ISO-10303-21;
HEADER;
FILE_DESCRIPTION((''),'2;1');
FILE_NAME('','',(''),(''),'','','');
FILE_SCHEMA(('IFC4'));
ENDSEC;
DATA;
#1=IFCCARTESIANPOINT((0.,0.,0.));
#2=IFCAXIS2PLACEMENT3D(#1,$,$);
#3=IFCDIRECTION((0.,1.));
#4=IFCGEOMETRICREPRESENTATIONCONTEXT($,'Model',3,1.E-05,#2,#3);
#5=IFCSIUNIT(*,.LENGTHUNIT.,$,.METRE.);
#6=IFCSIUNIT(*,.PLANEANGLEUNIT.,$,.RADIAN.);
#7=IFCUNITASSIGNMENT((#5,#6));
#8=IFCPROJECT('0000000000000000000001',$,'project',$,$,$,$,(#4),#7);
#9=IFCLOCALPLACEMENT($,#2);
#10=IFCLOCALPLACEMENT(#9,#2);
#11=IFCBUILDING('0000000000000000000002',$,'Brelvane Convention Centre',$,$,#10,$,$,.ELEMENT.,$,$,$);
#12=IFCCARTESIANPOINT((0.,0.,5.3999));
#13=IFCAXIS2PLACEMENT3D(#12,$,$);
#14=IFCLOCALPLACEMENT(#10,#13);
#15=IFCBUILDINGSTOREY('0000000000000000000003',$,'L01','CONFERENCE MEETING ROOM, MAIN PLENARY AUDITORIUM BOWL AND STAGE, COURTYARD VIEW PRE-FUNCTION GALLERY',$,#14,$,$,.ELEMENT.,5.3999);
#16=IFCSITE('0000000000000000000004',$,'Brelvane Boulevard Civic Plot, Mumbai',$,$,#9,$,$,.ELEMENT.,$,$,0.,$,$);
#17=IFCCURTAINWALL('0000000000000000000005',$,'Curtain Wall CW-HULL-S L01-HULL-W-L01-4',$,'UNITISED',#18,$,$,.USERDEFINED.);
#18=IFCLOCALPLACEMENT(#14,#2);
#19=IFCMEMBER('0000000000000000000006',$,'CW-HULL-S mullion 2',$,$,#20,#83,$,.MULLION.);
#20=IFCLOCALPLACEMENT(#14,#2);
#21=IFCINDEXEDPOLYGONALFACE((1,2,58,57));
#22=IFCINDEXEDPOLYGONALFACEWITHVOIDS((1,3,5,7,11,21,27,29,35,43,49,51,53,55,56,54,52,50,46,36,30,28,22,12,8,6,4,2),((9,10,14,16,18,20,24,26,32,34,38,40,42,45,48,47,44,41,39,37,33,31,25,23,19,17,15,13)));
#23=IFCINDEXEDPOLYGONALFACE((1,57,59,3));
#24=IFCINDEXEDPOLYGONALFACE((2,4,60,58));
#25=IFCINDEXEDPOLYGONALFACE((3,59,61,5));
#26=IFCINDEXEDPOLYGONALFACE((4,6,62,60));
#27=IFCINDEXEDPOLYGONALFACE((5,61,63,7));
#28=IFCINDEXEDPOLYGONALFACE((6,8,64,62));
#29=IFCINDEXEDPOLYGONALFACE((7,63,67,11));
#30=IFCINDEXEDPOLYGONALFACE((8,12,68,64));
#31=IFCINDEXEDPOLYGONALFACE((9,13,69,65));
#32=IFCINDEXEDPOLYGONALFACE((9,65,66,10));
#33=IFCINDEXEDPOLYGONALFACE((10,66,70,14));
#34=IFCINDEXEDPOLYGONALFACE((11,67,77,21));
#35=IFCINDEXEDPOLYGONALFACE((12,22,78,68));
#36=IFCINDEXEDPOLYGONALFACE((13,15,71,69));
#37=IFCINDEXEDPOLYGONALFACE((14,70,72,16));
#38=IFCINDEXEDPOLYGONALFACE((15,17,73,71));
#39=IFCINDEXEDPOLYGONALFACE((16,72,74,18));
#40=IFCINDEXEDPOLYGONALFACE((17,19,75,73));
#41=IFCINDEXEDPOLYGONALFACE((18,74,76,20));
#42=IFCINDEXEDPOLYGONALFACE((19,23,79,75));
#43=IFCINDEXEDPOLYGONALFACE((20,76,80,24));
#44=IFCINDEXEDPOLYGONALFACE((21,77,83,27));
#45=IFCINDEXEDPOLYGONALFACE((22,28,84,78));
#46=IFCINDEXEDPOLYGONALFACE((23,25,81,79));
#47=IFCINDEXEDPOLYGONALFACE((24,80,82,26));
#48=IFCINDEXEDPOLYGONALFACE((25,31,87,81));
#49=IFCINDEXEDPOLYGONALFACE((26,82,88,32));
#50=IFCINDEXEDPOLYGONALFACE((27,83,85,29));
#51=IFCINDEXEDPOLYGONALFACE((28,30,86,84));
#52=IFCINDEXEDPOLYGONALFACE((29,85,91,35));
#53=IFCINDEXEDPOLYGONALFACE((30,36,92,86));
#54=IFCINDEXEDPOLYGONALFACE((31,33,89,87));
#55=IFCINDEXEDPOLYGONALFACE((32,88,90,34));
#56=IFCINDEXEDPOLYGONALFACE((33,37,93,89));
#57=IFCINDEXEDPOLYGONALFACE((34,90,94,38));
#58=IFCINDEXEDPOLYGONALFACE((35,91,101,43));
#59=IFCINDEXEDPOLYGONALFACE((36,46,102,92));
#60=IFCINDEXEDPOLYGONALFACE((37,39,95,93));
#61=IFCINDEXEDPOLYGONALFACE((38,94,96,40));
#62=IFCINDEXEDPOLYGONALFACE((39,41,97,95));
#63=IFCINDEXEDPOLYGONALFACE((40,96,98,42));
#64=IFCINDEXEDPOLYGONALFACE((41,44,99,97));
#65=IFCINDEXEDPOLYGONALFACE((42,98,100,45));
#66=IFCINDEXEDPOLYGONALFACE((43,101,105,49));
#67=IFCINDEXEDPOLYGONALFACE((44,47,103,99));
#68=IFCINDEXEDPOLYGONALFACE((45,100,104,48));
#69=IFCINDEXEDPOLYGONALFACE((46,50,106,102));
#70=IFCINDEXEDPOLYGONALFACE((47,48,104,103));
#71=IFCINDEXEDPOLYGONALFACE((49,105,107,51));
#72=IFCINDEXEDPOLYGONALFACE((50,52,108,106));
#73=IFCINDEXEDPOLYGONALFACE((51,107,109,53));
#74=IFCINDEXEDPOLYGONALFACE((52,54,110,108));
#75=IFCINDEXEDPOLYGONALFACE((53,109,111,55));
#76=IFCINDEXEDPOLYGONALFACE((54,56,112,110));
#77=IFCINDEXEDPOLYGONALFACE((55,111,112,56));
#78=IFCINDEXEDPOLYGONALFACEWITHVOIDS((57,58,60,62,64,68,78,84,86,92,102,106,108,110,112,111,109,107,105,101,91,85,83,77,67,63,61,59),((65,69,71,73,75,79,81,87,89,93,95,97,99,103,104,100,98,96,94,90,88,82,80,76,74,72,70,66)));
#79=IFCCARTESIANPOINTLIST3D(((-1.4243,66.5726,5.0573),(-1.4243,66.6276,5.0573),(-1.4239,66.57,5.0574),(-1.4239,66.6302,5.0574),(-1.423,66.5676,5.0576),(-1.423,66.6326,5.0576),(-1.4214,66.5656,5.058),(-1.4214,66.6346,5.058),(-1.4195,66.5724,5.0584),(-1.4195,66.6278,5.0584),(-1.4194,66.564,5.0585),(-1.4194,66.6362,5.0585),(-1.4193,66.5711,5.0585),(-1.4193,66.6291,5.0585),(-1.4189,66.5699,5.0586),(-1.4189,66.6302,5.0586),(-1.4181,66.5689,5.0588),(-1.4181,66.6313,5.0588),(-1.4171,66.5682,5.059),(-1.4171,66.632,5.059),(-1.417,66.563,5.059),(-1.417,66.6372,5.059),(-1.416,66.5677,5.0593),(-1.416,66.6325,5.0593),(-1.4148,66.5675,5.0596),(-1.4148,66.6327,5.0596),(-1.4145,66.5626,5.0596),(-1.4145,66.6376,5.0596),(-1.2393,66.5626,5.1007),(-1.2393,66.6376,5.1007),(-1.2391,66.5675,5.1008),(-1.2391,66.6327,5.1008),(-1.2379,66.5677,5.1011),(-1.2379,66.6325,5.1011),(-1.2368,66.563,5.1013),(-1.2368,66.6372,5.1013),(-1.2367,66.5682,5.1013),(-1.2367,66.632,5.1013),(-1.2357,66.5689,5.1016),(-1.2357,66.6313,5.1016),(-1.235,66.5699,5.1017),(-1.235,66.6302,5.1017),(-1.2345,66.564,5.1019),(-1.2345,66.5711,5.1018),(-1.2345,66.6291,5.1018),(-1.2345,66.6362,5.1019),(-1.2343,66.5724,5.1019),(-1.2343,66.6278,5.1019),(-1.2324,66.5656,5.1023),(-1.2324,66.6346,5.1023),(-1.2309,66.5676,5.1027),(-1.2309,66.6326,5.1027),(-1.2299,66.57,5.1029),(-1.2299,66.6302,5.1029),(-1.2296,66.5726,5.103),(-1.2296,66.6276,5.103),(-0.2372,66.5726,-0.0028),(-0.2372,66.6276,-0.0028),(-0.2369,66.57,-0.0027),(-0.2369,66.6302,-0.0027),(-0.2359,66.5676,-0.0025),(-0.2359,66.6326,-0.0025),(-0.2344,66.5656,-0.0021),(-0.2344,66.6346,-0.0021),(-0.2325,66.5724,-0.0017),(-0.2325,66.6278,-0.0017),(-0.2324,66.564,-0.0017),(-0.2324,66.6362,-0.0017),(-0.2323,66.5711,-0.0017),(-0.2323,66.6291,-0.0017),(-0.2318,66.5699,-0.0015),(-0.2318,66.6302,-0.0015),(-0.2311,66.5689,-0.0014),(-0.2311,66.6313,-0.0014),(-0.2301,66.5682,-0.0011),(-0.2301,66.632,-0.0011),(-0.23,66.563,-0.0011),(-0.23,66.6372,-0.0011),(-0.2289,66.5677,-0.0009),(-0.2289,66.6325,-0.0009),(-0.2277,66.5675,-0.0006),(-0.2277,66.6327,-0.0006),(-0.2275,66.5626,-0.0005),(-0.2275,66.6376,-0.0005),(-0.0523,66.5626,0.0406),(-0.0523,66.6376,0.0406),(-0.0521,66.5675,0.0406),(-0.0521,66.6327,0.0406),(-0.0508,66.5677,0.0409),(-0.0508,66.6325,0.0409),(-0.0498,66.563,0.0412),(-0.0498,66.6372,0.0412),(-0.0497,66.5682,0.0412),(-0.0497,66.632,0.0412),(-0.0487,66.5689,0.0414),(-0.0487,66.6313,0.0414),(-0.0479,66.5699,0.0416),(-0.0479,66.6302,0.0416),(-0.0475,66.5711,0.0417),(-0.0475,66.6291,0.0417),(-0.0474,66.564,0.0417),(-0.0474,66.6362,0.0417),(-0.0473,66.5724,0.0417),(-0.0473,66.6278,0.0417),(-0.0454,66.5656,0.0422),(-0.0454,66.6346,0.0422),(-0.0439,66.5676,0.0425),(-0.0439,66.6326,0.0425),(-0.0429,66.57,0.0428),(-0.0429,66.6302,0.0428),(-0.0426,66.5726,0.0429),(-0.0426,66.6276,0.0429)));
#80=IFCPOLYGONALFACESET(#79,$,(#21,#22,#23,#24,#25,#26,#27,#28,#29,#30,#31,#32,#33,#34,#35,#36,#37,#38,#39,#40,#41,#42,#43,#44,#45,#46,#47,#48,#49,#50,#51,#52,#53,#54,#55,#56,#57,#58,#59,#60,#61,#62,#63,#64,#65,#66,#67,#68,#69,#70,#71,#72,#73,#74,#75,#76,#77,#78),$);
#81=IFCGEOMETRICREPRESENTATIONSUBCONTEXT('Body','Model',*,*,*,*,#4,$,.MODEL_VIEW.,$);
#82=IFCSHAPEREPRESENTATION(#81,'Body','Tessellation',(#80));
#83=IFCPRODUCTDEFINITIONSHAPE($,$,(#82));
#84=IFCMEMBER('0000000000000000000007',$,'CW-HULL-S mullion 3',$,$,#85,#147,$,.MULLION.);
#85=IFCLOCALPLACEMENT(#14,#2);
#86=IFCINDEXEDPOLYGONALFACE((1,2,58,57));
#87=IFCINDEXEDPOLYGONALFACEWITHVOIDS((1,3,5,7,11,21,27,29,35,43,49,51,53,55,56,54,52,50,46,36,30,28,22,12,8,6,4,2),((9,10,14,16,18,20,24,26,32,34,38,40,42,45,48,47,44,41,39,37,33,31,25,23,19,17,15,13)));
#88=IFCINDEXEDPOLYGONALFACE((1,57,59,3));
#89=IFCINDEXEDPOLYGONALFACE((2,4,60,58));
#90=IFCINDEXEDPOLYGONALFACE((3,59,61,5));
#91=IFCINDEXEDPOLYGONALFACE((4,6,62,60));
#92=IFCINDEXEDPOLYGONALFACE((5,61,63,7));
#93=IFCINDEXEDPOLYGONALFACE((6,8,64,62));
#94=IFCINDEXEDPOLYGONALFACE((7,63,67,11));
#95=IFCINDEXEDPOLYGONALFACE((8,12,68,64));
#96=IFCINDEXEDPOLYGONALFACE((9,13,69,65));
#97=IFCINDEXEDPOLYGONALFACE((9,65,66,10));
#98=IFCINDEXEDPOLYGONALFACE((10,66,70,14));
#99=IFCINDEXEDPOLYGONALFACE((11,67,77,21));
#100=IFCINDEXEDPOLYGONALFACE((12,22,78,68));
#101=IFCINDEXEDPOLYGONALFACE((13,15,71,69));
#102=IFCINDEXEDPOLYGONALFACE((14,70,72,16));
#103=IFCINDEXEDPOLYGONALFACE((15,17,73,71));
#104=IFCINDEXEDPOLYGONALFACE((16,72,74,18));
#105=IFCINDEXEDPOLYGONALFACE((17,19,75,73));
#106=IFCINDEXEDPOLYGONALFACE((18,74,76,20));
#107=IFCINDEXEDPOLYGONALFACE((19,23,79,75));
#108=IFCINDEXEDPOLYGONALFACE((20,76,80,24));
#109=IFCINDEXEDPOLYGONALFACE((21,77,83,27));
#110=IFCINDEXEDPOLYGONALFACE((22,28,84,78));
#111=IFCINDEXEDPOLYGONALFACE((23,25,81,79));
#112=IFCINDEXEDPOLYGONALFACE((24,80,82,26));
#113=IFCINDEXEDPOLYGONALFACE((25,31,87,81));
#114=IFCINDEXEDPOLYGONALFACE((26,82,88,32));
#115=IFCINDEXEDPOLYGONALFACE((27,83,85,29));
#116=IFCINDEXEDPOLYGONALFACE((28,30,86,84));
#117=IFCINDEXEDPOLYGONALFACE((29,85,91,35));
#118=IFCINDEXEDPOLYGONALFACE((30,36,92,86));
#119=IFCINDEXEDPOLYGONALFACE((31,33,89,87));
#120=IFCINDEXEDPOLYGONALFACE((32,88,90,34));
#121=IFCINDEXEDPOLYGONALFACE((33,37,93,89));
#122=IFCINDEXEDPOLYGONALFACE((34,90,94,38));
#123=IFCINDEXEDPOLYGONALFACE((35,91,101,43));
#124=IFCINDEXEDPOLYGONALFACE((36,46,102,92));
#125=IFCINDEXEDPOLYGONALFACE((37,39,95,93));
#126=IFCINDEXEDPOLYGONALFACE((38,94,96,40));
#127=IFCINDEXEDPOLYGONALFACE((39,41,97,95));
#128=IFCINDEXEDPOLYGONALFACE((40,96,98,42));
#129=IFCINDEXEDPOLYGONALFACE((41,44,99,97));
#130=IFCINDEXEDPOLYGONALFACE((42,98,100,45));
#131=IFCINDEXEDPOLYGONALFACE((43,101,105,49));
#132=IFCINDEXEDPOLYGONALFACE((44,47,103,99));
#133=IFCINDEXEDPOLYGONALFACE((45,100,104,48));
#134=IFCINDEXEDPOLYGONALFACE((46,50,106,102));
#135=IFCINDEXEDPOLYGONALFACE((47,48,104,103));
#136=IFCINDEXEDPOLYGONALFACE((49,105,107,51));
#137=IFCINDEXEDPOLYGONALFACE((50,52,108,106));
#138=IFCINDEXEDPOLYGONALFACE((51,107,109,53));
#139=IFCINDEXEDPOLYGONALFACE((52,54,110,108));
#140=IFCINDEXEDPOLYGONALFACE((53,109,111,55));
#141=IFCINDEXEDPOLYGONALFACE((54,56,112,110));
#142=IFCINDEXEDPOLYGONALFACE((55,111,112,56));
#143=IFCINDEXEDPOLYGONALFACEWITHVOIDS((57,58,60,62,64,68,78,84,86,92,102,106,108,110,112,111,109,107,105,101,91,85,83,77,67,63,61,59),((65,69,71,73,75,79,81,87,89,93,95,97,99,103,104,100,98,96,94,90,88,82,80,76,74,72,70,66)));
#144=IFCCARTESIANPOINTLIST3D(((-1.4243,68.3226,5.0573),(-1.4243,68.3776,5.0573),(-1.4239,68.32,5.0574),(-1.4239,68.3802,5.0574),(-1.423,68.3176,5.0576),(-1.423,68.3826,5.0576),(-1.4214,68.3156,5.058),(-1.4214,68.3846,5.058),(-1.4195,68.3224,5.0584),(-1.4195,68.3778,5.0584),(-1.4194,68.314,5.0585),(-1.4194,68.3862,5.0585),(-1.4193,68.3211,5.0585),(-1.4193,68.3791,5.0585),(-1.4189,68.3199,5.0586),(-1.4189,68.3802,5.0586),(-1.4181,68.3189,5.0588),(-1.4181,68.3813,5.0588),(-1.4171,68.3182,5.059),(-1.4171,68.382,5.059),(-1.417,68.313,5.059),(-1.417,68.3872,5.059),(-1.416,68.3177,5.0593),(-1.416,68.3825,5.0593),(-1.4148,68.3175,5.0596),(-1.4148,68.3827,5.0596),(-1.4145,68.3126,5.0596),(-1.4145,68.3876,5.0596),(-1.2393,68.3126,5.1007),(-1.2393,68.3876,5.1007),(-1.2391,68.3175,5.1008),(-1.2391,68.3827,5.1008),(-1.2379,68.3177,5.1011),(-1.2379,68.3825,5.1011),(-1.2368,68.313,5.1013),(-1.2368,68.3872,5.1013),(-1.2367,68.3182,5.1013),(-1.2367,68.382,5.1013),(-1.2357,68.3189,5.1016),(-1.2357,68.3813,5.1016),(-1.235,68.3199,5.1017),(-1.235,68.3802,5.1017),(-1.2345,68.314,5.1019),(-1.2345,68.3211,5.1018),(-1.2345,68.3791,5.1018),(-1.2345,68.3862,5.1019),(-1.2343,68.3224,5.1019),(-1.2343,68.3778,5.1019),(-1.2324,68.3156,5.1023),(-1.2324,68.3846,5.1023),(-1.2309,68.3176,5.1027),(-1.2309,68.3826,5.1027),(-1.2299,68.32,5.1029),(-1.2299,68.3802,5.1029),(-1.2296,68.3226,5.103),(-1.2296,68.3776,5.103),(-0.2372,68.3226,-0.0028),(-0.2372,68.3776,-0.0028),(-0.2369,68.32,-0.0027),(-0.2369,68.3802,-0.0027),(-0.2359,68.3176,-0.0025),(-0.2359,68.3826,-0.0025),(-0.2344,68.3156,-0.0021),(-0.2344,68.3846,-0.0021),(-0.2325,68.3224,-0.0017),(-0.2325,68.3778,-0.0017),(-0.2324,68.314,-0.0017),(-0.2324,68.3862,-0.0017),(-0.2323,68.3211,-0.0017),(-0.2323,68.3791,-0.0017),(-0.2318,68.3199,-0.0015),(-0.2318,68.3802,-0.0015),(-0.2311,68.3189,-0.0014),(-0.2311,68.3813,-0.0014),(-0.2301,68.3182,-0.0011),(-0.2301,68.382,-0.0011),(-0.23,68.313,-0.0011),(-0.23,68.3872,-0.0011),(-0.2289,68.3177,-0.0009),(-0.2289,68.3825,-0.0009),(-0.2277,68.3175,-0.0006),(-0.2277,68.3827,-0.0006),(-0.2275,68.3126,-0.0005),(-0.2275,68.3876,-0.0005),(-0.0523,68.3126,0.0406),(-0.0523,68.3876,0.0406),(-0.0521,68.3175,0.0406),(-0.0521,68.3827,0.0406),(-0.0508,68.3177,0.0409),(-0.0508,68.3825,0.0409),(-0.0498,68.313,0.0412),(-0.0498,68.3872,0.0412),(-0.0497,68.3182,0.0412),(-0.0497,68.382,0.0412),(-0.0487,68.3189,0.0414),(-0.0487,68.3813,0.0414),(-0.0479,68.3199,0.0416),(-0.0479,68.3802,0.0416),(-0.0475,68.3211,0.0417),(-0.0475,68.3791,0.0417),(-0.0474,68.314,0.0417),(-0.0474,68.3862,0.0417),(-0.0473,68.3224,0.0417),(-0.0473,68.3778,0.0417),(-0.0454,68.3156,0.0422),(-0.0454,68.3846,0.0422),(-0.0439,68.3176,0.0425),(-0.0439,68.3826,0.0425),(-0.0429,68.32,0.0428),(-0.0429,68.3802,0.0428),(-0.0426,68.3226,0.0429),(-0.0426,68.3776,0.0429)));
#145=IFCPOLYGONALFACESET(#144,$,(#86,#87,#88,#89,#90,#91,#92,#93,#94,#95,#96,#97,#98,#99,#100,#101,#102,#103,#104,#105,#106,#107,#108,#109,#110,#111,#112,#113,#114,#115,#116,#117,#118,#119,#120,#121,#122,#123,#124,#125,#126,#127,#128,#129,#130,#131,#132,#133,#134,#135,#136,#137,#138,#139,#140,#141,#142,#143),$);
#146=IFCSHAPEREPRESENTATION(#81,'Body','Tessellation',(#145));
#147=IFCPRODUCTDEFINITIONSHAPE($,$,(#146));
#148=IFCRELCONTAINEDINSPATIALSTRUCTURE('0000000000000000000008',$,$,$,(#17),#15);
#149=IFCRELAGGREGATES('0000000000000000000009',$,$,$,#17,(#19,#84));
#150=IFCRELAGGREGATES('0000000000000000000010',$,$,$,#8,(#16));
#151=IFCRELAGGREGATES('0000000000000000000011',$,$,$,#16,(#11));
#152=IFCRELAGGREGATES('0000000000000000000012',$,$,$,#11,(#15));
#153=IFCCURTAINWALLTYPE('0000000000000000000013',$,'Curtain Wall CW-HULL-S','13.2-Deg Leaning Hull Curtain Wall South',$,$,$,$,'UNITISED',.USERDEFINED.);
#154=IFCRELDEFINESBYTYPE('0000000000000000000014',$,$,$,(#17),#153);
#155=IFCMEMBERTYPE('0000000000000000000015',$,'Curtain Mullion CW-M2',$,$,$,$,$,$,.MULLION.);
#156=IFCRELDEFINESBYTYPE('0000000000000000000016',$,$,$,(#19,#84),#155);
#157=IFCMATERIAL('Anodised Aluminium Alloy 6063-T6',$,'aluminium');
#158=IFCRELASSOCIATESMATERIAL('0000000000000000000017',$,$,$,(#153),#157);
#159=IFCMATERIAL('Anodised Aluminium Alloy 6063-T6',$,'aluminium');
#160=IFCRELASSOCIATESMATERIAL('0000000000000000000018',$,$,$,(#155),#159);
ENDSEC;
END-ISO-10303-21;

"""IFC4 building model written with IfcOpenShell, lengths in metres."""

from ifc_helpers import new_model, si_unit, direction, frame, origin, origin_2d, place, context, subcontext, project, spatial, hollow_rectangle, extrude, material, material_profile, profile_set, type_object, element, aggregate, save


model = new_model("IFC4")

# Units and contexts
model_context = context("Model", 3, precision=1e-05, world=origin(), true_north=direction((0.0, 1.0)))
body_context = subcontext(model_context, "Body", "Model", "MODEL_VIEW")
ifc_project = project(units=[si_unit("LENGTHUNIT", "METRE"), si_unit("PLANEANGLEUNIT", "RADIAN")], contexts=[model_context])

# Site, building, storey
site_placement = place(None, origin())
site = spatial("IfcSite", under=ifc_project, at=site_placement, Name="Brelvane Boulevard Civic Plot, Mumbai", CompositionType="ELEMENT", RefElevation=0.0)
building_placement = place(site_placement, origin())
building = spatial("IfcBuilding", under=site, at=building_placement, Name="Brelvane Convention Centre", CompositionType="ELEMENT")
storey_placement = place(building_placement, frame((0.0, 0.0, 5.3999)))
storey = spatial("IfcBuildingStorey", under=building, at=storey_placement, Name="L01", Description="CONFERENCE MEETING ROOM, MAIN PLENARY AUDITORIUM BOWL AND STAGE, COURTYARD VIEW PRE-FUNCTION GALLERY", CompositionType="ELEMENT", Elevation=5.3999)

# Curtain wall, members
ifc_material_1 = material(Name="Anodised Aluminium Alloy 6063-T6", Category="aluminium")
curtain_wall_type = type_object("IfcCurtainWallType", Name="Curtain Wall CW-HULL-S", Description="13.2-Deg Leaning Hull Curtain Wall South", ElementType="UNITISED", PredefinedType="USERDEFINED", material=ifc_material_1)
curtain_wall_placement = place(storey_placement, origin())
curtain_wall = element("IfcCurtainWall", 1, at=curtain_wall_placement, inside=storey, type_object=curtain_wall_type, Name="Curtain Wall CW-HULL-S L01-HULL-W-L01-4", ObjectType="UNITISED", PredefinedType="USERDEFINED")
ifc_material_2 = material(Name="Anodised Aluminium Alloy 6063-T6", Category="aluminium")
ifc_material_profile_1 = material_profile(ifc_material_2, hollow_rectangle(XDim=0.075, YDim=0.2, WallThickness=0.0049, InnerFilletRadius=0.0049, OuterFilletRadius=0.01, at=origin_2d()), Name="ALU-M 200x75x5.0")
ifc_profile_set_1 = profile_set([ifc_material_profile_1], Name="Anodised Aluminium Alloy 6063-T6")
member_type_1 = type_object("IfcMemberType", Name="Curtain Mullion CW-M2", PredefinedType="MULLION", material=ifc_profile_set_1)
member_1_placement = place(storey_placement, frame((-0.1399, 66.6001, 0.02), z_axis=(-0.228385, 0.0, 0.973571), x_axis=(0.0, -1.0, 0.0)))
member_1 = element("IfcMember", 2, at=member_1_placement, type_object=member_type_1, Name="CW-HULL-S mullion 2", PredefinedType="MULLION", context=body_context, shape_type="SweptSolid", body=[
    extrude(hollow_rectangle(XDim=0.075, YDim=0.2, WallThickness=0.0049, InnerFilletRadius=0.0049, OuterFilletRadius=0.01, at=origin_2d()), origin(), (0.0, 0.0, 1.0), 5.1975),
])
member_2_placement = place(storey_placement, frame((-0.1399, 68.3501, 0.02), z_axis=(-0.228385, 0.0, 0.973571), x_axis=(0.0, -1.0, 0.0)))
member_2 = element("IfcMember", 3, at=member_2_placement, type_object=member_type_1, Name="CW-HULL-S mullion 3", PredefinedType="MULLION", context=body_context, shape_type="SweptSolid", body=[
    extrude(hollow_rectangle(XDim=0.075, YDim=0.2, WallThickness=0.0049, InnerFilletRadius=0.0049, OuterFilletRadius=0.01, at=origin_2d()), origin(), (0.0, 0.0, 1.0), 5.1975),
])
aggregate(curtain_wall, [member_1, member_2])

save(model, "model.ifc")
